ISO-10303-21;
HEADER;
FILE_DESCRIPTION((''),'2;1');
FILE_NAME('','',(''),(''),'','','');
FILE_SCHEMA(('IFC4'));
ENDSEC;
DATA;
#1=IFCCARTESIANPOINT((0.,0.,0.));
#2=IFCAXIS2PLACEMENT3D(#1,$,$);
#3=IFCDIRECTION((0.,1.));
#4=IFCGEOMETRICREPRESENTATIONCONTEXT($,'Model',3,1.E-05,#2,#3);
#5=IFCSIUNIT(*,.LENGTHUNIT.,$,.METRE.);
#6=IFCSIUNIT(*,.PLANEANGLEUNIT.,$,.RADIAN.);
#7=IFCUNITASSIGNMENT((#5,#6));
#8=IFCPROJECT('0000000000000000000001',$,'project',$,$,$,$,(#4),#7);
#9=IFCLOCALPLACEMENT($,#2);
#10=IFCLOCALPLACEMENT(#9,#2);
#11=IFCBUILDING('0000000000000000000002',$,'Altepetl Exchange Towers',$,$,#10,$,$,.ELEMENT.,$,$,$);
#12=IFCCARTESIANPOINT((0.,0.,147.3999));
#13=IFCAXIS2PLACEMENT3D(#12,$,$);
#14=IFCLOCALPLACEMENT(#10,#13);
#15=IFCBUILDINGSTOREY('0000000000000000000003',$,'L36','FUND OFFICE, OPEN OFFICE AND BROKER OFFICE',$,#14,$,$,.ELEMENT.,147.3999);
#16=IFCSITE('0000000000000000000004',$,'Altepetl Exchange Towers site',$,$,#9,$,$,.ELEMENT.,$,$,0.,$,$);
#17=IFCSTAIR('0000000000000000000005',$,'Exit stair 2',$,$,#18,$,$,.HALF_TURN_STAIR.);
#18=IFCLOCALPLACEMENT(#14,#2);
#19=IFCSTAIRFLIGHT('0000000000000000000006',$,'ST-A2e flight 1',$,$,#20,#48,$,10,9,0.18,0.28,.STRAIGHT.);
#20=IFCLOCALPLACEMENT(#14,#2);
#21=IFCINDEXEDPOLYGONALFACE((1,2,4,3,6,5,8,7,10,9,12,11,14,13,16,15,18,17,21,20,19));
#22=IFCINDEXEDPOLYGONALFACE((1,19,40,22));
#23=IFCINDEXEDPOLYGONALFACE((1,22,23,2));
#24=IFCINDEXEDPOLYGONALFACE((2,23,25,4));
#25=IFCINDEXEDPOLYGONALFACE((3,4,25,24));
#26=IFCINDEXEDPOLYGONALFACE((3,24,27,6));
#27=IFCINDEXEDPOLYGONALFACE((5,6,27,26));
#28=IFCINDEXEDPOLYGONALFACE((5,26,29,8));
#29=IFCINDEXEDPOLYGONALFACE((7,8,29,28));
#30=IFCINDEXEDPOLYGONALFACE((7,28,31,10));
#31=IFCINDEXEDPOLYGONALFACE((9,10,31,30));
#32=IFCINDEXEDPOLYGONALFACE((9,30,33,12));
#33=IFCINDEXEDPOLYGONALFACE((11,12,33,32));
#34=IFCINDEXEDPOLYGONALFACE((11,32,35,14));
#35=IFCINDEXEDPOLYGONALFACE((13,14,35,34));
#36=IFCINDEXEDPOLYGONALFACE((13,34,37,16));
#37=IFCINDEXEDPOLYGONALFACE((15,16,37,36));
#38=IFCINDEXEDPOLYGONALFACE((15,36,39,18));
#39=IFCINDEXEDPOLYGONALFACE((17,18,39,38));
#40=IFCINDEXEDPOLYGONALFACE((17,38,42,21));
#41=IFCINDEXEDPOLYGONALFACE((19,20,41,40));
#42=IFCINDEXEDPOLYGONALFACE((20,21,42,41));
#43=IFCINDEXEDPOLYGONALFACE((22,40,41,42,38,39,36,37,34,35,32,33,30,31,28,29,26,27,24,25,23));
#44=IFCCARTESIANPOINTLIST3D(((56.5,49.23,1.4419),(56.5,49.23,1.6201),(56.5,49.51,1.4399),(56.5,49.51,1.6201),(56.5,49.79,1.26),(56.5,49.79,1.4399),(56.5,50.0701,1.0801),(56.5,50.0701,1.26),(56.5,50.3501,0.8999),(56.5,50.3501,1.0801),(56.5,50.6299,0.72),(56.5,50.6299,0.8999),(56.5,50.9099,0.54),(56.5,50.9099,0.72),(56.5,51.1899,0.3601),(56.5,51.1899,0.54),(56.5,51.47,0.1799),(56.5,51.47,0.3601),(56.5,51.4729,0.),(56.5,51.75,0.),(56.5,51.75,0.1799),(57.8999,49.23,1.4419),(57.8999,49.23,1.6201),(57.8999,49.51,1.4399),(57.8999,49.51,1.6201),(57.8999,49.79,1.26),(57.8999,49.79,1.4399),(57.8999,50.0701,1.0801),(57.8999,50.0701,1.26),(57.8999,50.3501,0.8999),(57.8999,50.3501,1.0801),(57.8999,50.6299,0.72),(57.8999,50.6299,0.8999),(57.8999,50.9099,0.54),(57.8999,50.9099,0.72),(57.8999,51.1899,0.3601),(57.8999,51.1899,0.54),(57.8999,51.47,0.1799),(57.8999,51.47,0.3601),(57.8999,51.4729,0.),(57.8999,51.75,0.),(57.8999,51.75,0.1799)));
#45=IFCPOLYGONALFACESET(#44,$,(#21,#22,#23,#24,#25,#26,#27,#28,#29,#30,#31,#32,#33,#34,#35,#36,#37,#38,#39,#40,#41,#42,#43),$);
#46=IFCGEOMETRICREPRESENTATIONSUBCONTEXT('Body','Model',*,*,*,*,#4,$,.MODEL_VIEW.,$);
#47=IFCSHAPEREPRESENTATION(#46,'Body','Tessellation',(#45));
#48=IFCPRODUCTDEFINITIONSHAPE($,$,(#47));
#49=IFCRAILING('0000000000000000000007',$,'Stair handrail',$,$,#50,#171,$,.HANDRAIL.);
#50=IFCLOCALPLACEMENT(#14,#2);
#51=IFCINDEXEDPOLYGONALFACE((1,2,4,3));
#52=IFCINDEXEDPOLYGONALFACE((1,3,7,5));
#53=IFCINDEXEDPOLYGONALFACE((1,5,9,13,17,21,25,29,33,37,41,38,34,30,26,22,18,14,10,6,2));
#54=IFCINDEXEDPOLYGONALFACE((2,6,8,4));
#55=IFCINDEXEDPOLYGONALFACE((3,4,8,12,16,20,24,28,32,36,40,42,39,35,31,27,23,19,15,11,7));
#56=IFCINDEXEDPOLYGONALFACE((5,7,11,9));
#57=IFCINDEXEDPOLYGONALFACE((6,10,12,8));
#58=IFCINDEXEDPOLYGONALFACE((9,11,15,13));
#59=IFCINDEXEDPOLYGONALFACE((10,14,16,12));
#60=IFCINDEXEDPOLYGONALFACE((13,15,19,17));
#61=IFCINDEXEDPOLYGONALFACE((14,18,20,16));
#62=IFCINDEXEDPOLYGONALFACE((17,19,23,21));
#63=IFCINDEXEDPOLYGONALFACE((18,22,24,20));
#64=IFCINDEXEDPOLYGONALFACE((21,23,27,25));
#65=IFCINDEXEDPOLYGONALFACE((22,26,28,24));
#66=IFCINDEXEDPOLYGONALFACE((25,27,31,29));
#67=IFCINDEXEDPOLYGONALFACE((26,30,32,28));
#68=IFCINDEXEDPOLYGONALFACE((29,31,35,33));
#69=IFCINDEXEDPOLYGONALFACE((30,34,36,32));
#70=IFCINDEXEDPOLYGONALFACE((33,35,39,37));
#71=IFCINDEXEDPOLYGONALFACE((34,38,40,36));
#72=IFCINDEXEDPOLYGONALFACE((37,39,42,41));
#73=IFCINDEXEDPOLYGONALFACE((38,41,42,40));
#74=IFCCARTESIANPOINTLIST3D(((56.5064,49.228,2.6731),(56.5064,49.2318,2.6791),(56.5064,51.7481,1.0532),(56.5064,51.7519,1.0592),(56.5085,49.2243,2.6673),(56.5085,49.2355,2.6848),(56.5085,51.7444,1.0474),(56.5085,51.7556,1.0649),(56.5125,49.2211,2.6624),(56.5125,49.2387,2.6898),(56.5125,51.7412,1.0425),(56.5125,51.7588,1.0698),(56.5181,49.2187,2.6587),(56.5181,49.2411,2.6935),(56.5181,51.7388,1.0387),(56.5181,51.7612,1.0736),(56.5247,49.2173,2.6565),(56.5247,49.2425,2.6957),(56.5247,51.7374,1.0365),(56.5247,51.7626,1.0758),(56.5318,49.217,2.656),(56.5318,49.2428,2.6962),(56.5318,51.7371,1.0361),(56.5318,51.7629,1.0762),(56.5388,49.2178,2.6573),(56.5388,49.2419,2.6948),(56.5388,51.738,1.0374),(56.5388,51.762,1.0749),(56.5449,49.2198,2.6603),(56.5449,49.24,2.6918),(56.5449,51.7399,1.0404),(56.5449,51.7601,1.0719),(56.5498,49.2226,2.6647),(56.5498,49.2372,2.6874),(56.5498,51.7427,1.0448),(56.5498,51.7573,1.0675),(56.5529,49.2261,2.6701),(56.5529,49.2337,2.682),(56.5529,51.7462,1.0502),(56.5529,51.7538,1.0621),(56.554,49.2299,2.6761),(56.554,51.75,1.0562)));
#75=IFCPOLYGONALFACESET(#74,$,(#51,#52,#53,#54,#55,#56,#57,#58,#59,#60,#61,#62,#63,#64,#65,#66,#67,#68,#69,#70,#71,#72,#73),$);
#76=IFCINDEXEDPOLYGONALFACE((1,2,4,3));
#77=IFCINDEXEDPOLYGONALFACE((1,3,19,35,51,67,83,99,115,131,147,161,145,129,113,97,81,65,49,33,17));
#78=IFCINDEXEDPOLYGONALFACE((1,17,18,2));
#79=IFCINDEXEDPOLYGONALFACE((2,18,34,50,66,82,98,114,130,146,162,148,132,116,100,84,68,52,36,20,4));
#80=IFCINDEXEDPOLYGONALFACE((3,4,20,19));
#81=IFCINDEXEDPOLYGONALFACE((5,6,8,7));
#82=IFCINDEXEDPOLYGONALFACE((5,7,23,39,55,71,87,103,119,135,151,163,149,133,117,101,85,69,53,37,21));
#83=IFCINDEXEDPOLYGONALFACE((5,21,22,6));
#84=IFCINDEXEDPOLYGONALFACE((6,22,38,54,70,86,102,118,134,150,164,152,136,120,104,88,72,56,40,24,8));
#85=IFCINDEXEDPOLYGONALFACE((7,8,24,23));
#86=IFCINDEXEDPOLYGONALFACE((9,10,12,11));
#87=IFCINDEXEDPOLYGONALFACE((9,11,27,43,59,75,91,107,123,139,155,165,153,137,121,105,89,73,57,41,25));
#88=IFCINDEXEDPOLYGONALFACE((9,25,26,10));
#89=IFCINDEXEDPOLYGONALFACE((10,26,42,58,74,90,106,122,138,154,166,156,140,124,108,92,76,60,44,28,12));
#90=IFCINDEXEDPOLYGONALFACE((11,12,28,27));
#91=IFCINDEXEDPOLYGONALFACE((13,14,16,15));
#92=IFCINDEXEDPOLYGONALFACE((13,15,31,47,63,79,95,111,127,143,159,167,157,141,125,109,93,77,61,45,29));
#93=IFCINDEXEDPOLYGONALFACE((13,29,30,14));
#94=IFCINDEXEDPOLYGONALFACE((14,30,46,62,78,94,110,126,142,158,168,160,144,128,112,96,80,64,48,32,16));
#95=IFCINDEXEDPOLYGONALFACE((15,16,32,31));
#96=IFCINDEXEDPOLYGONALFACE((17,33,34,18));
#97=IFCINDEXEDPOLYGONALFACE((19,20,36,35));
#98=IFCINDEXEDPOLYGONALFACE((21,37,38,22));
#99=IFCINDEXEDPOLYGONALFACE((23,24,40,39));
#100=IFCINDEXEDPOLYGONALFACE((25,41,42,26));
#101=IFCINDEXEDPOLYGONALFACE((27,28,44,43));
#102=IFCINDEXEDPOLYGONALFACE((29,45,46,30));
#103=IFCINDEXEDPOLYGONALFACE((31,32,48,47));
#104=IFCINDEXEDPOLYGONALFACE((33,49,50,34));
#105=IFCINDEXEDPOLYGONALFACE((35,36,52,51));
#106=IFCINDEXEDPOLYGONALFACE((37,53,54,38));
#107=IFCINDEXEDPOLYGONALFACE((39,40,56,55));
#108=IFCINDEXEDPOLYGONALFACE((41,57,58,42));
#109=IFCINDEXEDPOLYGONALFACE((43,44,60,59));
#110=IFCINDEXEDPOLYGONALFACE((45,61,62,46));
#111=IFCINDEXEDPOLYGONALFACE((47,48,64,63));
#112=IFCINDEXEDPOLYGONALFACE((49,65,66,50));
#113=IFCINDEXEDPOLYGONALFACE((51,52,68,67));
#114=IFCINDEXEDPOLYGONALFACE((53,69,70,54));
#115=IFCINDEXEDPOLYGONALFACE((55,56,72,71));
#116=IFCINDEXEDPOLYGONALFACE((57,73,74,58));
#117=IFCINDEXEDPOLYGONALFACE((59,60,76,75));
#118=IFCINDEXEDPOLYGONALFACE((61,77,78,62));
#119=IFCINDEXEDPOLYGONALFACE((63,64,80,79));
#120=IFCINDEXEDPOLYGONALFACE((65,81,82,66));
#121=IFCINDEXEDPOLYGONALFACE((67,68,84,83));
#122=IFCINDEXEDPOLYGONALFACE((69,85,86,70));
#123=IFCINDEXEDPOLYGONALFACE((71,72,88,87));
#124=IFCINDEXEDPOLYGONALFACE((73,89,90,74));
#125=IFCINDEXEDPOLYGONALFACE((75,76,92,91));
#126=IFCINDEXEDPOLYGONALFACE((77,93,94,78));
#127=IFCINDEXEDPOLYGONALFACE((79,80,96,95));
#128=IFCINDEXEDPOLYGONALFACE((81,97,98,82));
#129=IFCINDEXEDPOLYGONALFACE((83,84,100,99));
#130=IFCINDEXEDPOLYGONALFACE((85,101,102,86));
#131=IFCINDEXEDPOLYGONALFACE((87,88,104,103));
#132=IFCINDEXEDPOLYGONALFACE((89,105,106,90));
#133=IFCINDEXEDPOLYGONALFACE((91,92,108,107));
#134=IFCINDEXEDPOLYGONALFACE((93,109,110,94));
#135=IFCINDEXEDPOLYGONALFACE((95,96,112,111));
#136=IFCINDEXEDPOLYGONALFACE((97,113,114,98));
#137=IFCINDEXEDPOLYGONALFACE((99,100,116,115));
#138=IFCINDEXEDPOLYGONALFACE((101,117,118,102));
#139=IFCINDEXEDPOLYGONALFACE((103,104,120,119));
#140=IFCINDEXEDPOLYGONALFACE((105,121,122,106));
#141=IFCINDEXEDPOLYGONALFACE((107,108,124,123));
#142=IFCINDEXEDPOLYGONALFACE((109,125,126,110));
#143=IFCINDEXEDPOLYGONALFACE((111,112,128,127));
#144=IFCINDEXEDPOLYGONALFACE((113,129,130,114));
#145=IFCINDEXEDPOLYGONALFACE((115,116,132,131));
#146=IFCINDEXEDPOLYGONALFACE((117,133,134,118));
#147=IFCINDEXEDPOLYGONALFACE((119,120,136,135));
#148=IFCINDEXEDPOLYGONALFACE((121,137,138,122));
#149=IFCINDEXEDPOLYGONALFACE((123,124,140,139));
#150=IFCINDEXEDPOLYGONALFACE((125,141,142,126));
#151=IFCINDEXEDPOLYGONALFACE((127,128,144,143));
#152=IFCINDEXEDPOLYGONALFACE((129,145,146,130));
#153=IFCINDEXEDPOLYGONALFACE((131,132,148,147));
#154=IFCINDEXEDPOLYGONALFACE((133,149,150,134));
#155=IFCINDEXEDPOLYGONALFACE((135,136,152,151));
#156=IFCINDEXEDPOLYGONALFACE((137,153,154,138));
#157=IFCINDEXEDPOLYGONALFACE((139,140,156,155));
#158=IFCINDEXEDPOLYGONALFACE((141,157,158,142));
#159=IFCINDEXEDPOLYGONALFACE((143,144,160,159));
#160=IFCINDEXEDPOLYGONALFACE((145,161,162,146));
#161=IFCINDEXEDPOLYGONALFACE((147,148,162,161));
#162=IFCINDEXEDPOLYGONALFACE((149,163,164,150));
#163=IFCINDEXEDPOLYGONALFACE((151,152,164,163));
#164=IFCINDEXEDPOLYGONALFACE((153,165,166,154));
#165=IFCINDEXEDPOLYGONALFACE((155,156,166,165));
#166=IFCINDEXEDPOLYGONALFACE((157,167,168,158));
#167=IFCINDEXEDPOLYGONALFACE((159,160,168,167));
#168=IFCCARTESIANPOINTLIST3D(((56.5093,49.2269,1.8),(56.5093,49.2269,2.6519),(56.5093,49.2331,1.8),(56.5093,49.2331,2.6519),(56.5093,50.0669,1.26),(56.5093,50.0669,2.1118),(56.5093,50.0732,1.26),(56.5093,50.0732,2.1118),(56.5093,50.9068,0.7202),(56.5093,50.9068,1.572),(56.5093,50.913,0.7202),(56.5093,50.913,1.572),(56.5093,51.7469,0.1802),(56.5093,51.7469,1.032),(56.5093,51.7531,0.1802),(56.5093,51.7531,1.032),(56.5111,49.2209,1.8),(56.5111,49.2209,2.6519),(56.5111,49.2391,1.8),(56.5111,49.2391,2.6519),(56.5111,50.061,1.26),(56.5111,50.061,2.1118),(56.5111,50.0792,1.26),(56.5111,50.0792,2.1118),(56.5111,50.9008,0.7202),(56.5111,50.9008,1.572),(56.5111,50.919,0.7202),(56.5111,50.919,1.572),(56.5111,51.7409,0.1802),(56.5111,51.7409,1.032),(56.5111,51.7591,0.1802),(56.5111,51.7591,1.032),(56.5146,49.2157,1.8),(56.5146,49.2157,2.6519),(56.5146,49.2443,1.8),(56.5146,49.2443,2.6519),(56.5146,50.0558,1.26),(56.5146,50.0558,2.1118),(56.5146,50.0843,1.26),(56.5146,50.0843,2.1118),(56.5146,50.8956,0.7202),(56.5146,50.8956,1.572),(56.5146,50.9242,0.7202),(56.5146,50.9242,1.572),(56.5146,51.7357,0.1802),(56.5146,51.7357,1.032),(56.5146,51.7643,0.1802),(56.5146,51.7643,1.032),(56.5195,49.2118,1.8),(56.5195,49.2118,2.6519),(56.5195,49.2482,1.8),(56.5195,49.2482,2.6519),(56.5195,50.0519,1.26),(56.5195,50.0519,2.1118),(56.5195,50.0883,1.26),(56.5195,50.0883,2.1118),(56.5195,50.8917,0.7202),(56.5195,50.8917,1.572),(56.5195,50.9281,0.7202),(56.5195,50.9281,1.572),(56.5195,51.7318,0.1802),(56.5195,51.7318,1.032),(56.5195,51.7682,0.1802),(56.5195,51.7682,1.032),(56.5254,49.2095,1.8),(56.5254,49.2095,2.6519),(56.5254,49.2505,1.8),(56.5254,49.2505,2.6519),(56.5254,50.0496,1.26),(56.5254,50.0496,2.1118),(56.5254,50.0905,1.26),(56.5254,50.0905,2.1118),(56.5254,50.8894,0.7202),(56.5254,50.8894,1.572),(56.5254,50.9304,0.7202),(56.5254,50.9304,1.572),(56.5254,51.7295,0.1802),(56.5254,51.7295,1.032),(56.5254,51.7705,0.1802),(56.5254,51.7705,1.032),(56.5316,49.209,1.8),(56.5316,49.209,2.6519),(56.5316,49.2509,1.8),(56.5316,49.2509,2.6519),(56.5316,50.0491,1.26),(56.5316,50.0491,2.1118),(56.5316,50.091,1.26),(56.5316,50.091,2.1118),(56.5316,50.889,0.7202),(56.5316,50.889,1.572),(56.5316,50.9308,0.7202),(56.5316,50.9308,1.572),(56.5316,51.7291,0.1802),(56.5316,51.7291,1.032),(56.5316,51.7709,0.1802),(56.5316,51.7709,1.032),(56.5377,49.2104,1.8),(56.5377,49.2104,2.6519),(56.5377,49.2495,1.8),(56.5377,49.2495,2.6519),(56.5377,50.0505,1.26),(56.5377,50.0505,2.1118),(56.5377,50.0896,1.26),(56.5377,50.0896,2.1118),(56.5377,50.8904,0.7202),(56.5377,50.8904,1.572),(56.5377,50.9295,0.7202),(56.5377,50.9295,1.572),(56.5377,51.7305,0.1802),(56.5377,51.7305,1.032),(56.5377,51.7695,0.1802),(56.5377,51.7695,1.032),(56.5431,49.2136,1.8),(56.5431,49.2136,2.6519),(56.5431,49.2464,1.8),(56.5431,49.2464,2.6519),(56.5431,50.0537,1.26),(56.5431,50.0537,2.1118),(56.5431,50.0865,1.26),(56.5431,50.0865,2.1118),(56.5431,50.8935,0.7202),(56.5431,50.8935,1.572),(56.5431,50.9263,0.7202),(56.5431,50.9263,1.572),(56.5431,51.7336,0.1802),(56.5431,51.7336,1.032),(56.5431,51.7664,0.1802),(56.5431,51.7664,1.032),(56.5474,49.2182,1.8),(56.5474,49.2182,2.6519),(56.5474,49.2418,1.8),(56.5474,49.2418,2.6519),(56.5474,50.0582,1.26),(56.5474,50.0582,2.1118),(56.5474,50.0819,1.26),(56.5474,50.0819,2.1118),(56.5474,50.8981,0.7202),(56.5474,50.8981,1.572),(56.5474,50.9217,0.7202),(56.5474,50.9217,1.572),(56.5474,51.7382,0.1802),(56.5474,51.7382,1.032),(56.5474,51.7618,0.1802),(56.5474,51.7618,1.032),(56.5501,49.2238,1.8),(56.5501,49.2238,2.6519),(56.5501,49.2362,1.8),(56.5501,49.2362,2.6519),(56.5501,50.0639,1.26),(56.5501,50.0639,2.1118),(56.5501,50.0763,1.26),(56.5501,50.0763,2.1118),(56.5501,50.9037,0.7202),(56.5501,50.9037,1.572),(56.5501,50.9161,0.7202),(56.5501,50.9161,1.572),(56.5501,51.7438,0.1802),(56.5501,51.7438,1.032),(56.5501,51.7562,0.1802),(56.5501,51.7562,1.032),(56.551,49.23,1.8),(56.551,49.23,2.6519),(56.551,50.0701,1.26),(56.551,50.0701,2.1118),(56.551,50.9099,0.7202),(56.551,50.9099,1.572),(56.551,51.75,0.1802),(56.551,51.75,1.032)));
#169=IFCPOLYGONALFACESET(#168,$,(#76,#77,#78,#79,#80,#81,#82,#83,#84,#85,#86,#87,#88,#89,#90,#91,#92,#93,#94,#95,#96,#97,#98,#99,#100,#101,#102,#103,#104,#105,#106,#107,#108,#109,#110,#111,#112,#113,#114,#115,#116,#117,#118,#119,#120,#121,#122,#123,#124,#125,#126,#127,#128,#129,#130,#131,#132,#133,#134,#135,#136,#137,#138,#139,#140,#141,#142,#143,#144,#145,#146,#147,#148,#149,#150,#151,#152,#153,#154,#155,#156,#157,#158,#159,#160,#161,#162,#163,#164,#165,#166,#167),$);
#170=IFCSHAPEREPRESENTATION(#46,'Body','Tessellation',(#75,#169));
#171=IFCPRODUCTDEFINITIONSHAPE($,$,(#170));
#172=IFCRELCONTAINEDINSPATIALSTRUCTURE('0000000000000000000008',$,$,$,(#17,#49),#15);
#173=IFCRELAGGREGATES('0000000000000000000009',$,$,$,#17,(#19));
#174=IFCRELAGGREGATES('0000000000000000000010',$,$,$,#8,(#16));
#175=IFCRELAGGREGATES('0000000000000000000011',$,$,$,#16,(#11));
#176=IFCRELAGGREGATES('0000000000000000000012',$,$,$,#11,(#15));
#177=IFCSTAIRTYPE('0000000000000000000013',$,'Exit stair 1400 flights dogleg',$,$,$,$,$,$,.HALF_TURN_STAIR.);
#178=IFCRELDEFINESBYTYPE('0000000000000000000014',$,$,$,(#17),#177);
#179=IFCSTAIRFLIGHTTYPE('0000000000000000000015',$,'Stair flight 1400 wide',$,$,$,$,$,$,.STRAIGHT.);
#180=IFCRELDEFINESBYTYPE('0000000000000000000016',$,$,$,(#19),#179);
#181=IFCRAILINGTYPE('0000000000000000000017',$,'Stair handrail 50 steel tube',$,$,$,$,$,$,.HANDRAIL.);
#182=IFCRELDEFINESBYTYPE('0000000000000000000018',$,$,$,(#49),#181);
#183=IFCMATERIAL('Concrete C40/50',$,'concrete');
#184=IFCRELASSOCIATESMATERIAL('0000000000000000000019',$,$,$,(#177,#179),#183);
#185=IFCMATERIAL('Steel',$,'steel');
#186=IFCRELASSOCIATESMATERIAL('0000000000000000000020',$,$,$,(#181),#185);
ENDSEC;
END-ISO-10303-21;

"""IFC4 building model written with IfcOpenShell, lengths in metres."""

from ifc_helpers import new_model, si_unit, direction, frame, origin, origin_2d, place, context, subcontext, project, spatial, polyline, circle, outline, extrude, source, transform, mapped, material, type_object, element, aggregate, save


model = new_model("IFC4")

# Units and contexts
model_context = context("Model", 3, precision=1e-05, world=origin(), true_north=direction((0.0, 1.0)))
body_context = subcontext(model_context, "Body", "Model", "MODEL_VIEW")
ifc_project = project(units=[si_unit("LENGTHUNIT", "METRE"), si_unit("PLANEANGLEUNIT", "RADIAN")], contexts=[model_context])

# Site, building, storey
site_placement = place(None, origin())
site = spatial("IfcSite", under=ifc_project, at=site_placement, Name="Altepetl Exchange Towers site", CompositionType="ELEMENT", RefElevation=0.0)
building_placement = place(site_placement, origin())
building = spatial("IfcBuilding", under=site, at=building_placement, Name="Altepetl Exchange Towers", CompositionType="ELEMENT")
storey_placement = place(building_placement, frame((0.0, 0.0, 147.3999)))
storey = spatial("IfcBuildingStorey", under=building, at=storey_placement, Name="L36", Description="FUND OFFICE, OPEN OFFICE AND BROKER OFFICE", CompositionType="ELEMENT", Elevation=147.3999)

# Shared definitions
ifc_material_1 = material(Name="Concrete C40/50", Category="concrete")

# Stair, stair flight
stair_type = type_object("IfcStairType", Name="Exit stair 1400 flights dogleg", PredefinedType="HALF_TURN_STAIR", material=ifc_material_1)
stair_placement = place(storey_placement, origin())
stair = element("IfcStair", 1, at=stair_placement, inside=storey, type_object=stair_type, Name="Exit stair 2", PredefinedType="HALF_TURN_STAIR")
stair_flight_type = type_object("IfcStairFlightType", Name="Stair flight 1400 wide", PredefinedType="STRAIGHT", material=ifc_material_1)
stair_flight_placement = place(storey_placement, frame((57.2, 51.75, 0.0), z_axis=(0.0, 0.0, 1.0), x_axis=(0.0, -1.0, 0.0)))
stair_flight = element("IfcStairFlight", 2, at=stair_flight_placement, type_object=stair_flight_type, Name="ST-A2e flight 1", NumberOfRisers=10, NumberOfTreads=9, PredefinedType="STRAIGHT", RiserHeight=0.18, TreadLength=0.28, context=body_context, shape_type="SweptSolid", body=[
    extrude(outline(polyline([(0.0, 0.0), (0.0, 0.1799), (0.28, 0.1799), (0.28, 0.3601), (0.5601, 0.3601), (0.5601, 0.54), (0.8401, 0.54), (0.8401, 0.72), (1.1201, 0.72), (1.1201, 0.8999), (1.3999, 0.8999), (1.3999, 1.0801), (1.6799, 1.0801), (1.6799, 1.26), (1.96, 1.26), (1.96, 1.4399), (2.24, 1.4399), (2.24, 1.6201), (2.52, 1.6201), (2.52, 1.8), (2.52, 1.4419), (0.2771, 0.0), (0.0, 0.0)])), frame((0.0, 0.7, 0.0), z_axis=(0.0, -1.0, 0.0), x_axis=(1.0, 0.0, 0.0)), (0.0, 0.0, 1.0), 1.3999),
])
aggregate(stair, [stair_flight])

# Railing
ifc_material_2 = material(Name="Steel", Category="steel")
railing_type = type_object("IfcRailingType", Name="Stair handrail 50 steel tube", PredefinedType="HANDRAIL", material=ifc_material_2)
shared_shape = source(origin(), body_context, "Body", "SweptSolid", [
    extrude(circle(Radius=0.021, at=origin_2d()), origin(), (0.0, 0.0, 1.0), 0.8518),
])
railing_1_placement = place(storey_placement, frame((56.53, 51.75, 0.1802)))
element("IfcRailing", 3, at=railing_1_placement, inside=storey, type_object=railing_type, Name="Stair handrail", PredefinedType="HANDRAIL", context=body_context, shape_type="SweptSolid", body=[
    extrude(circle(Radius=0.0239, at=origin_2d()), frame((0.0, 0.0, 0.876), z_axis=(0.0, -0.8412, 0.540725), x_axis=(1.0, 0.0, 0.0)), (0.0, 0.0, 1.0), 2.9958),
    mapped(shared_shape, transform((0.0, 0.0, 0.0))),
    mapped(shared_shape, transform((0.0, -0.8401, 0.54))),
    mapped(shared_shape, transform((0.0, -1.6799, 1.0798))),
    mapped(shared_shape, transform((0.0, -2.52, 1.6199))),
])

save(model, "model.ifc")
